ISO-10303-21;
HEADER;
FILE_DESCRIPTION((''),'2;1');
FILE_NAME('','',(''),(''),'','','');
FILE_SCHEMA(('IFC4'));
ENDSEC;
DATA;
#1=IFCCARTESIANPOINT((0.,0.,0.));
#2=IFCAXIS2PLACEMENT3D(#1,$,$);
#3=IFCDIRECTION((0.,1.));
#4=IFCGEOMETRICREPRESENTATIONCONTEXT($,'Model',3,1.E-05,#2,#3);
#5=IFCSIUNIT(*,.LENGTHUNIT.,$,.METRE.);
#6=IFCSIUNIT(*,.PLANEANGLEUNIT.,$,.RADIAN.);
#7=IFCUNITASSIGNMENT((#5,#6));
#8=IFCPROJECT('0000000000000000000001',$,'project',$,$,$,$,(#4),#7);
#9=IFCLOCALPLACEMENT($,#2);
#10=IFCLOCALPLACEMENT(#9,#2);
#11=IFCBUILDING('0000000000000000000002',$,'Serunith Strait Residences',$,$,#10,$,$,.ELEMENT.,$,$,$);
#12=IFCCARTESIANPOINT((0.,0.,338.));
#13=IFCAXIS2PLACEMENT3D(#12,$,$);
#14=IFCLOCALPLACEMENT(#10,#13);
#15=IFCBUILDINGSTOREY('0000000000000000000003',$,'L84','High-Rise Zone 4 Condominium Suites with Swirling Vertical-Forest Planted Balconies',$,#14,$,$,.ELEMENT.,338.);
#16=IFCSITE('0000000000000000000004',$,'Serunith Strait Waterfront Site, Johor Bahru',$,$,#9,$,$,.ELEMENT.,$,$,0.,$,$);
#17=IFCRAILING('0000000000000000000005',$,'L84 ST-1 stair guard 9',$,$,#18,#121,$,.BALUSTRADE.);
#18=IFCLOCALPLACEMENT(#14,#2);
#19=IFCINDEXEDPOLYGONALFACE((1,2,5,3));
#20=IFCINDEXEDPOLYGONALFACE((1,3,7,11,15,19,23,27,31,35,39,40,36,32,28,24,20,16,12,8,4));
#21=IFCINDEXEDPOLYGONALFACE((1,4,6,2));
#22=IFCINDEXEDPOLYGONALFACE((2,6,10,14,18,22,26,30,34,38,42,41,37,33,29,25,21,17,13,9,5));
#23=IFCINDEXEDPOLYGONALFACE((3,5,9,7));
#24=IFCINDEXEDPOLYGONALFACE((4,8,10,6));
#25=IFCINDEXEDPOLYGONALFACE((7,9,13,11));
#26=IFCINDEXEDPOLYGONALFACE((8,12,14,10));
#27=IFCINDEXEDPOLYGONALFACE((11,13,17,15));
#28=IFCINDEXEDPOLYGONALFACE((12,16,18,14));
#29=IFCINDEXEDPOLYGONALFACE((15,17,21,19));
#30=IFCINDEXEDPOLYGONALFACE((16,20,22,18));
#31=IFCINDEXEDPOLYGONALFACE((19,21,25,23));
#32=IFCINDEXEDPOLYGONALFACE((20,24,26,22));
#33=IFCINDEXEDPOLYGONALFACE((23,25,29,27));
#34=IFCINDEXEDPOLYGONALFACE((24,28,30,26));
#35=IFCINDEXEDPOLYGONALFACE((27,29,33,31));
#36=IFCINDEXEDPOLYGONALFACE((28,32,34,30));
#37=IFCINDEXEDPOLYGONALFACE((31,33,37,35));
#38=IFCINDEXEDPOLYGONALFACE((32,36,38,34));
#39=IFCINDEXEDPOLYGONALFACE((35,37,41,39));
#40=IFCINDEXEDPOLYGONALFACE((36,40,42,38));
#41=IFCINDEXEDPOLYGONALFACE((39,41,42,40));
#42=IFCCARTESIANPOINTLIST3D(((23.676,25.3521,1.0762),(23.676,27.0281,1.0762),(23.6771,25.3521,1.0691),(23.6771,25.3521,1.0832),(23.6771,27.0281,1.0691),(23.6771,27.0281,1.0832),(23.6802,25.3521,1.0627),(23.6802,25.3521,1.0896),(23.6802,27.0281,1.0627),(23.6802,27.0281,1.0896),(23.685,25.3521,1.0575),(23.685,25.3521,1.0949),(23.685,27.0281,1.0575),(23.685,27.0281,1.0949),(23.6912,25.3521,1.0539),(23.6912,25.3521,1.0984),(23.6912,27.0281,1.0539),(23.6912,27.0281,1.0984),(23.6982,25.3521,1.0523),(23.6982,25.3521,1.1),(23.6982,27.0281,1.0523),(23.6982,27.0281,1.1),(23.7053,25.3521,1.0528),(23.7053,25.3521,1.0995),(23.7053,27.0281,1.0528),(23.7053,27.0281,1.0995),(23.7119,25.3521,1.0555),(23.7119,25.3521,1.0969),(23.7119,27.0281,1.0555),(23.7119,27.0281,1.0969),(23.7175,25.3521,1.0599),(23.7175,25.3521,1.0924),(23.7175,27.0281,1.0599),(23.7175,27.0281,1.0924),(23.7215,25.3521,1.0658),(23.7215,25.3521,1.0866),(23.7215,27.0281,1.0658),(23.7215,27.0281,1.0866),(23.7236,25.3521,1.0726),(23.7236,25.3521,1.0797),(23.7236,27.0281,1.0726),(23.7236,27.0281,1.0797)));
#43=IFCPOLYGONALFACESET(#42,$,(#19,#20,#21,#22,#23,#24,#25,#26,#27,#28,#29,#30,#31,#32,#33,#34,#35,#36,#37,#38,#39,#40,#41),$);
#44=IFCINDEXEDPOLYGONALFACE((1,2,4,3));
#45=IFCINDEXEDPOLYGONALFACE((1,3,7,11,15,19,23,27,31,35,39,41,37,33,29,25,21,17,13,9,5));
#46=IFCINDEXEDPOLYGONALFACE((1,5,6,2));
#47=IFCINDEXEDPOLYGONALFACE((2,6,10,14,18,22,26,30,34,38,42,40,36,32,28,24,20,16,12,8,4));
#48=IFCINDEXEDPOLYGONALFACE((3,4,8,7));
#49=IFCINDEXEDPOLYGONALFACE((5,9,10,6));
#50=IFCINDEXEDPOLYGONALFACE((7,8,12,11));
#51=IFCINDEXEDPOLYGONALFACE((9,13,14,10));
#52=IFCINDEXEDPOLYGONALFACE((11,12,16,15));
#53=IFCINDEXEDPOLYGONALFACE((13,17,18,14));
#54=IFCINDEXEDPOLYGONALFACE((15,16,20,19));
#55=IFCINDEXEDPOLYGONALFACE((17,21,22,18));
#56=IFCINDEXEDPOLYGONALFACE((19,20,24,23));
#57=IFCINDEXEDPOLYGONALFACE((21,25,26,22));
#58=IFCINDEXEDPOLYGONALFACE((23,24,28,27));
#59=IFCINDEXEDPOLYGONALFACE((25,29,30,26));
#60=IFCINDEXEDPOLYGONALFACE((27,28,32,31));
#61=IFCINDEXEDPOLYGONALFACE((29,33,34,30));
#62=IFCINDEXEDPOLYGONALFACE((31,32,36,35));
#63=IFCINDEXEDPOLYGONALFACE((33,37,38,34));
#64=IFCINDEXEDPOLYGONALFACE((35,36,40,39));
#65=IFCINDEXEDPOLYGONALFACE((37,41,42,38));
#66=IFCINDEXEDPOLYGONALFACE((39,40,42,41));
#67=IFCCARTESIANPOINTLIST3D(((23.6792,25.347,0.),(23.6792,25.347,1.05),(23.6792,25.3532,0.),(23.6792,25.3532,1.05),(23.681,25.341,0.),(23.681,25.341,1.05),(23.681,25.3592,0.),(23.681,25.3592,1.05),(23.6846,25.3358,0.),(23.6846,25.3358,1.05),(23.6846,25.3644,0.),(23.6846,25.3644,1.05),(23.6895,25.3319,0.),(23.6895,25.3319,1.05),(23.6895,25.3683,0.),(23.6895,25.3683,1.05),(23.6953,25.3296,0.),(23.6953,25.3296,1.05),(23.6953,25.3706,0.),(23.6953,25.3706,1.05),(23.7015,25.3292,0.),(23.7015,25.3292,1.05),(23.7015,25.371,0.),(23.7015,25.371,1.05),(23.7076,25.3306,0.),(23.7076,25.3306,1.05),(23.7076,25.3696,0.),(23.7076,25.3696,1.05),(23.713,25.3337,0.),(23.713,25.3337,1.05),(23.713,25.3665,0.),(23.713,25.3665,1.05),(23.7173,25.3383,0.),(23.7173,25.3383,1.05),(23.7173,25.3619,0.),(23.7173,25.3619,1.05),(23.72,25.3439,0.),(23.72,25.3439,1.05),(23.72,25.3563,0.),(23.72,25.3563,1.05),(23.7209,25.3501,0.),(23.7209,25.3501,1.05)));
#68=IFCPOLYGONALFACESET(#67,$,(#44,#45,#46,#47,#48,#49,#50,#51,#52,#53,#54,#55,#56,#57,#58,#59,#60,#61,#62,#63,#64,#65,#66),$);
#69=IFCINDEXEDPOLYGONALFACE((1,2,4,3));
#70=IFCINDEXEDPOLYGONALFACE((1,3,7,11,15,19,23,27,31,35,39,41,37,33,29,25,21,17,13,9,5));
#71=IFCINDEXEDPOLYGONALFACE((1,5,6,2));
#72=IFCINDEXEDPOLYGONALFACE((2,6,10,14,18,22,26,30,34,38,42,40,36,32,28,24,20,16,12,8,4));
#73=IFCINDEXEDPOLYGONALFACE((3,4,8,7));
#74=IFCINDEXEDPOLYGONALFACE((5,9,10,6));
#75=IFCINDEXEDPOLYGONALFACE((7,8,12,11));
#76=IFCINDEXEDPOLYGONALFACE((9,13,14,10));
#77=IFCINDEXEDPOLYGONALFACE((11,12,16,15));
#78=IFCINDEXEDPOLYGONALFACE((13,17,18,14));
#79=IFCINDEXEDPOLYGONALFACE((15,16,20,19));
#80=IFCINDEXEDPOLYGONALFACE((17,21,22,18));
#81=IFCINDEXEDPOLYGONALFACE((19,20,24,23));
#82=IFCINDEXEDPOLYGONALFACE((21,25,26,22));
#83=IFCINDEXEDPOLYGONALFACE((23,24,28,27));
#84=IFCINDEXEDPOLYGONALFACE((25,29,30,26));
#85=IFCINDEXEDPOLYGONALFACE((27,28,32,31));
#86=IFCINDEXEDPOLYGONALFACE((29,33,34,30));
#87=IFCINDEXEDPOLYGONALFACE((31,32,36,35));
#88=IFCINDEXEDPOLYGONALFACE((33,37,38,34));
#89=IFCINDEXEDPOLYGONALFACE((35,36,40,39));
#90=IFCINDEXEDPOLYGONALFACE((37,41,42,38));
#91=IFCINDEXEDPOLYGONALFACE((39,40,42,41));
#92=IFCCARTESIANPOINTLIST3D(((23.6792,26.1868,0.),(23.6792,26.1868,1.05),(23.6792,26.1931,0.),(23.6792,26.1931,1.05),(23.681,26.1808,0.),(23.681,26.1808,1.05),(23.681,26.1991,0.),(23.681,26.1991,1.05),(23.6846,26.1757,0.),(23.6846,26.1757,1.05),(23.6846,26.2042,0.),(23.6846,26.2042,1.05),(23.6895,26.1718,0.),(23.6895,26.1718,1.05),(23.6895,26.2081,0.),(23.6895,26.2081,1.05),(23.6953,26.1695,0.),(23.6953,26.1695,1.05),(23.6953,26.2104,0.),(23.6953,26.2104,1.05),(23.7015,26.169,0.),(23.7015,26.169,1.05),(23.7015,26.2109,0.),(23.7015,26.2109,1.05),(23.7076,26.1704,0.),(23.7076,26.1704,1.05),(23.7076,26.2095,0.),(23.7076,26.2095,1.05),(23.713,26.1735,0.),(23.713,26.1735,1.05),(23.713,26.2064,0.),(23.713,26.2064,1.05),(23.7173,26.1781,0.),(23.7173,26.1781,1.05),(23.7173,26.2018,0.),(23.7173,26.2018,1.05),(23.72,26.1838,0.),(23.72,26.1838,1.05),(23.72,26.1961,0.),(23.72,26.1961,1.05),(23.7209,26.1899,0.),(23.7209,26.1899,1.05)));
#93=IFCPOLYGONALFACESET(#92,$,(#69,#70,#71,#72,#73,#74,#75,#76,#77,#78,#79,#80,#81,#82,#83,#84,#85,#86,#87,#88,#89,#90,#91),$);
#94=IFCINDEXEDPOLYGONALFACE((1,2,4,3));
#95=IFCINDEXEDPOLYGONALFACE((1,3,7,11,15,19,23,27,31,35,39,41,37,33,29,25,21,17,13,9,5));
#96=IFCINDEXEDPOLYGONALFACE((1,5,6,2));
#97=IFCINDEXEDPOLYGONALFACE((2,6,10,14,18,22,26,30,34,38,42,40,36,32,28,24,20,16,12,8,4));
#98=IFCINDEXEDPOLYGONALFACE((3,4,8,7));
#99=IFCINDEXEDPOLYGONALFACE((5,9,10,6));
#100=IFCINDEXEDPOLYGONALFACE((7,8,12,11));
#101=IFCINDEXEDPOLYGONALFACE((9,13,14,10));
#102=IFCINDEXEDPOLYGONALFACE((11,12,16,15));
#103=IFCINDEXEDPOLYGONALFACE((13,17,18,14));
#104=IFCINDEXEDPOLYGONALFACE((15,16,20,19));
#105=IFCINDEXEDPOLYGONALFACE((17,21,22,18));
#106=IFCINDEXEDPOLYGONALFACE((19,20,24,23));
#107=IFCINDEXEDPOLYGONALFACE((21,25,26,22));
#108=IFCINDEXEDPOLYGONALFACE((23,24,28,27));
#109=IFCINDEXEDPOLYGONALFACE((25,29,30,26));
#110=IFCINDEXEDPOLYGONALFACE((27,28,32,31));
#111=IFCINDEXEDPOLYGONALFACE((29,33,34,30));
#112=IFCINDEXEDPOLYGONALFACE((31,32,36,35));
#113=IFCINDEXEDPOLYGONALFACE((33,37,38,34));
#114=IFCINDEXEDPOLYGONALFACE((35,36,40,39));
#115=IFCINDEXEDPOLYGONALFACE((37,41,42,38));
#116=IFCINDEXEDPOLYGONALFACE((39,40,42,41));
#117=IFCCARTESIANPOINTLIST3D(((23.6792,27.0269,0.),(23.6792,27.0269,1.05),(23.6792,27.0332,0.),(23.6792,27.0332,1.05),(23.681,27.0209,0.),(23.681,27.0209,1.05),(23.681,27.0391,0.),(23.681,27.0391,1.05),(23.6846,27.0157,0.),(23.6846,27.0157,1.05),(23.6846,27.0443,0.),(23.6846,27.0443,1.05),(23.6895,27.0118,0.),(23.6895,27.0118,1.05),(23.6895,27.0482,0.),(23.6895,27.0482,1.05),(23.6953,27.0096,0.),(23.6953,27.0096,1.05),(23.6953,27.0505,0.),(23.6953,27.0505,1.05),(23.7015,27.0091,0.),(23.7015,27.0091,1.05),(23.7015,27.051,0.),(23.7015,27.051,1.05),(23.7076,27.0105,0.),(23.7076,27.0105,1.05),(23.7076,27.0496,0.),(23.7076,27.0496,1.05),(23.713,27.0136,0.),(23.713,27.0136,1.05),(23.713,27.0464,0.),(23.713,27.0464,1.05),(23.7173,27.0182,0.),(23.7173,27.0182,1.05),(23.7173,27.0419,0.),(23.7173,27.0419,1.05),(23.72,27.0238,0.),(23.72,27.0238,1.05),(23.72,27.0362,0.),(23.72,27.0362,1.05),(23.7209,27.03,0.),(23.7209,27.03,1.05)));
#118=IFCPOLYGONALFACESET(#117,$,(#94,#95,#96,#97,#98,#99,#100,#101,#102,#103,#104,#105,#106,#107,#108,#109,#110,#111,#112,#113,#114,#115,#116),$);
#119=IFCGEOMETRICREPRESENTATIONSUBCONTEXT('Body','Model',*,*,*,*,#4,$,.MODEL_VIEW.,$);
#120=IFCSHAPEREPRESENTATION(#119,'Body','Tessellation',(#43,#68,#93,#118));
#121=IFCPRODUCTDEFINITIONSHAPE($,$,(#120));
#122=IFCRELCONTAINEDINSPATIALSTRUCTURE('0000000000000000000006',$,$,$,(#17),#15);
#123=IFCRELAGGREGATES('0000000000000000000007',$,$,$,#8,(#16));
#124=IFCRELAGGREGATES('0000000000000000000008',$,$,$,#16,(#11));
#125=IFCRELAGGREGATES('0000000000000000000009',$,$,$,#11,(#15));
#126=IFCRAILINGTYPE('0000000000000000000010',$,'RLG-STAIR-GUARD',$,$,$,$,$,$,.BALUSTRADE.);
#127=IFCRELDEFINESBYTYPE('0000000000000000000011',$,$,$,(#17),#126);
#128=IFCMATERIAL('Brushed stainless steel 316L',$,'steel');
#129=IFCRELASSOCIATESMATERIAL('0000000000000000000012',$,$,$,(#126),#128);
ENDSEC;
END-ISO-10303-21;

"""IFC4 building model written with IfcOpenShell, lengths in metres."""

from ifc_helpers import new_model, si_unit, direction, frame, origin, origin_2d, place, context, subcontext, project, spatial, circle, extrude, material, type_object, element, save


model = new_model("IFC4")

# Units and contexts
model_context = context("Model", 3, precision=1e-05, world=origin(), true_north=direction((0.0, 1.0)))
body_context = subcontext(model_context, "Body", "Model", "MODEL_VIEW")
ifc_project = project(units=[si_unit("LENGTHUNIT", "METRE"), si_unit("PLANEANGLEUNIT", "RADIAN")], contexts=[model_context])

# Site, building, storey
site_placement = place(None, origin())
site = spatial("IfcSite", under=ifc_project, at=site_placement, Name="Serunith Strait Waterfront Site, Johor Bahru", CompositionType="ELEMENT", RefElevation=0.0)
building_placement = place(site_placement, origin())
building = spatial("IfcBuilding", under=site, at=building_placement, Name="Serunith Strait Residences", CompositionType="ELEMENT")
storey_placement = place(building_placement, frame((0.0, 0.0, 338.0)))
storey = spatial("IfcBuildingStorey", under=building, at=storey_placement, Name="L84", Description="High-Rise Zone 4 Condominium Suites with Swirling Vertical-Forest Planted Balconies", CompositionType="ELEMENT", Elevation=338.0)

# Railing
ifc_material_1 = material(Name="Brushed stainless steel 316L", Category="steel")
railing_type_1 = type_object("IfcRailingType", Name="RLG-STAIR-GUARD", PredefinedType="BALUSTRADE", material=ifc_material_1)
for number, where, name in (
    (1, (23.7, 25.3501, 0.0), "L84 ST-1 stair guard 9"),
):
    element("IfcRailing", number, at=place(storey_placement, frame(where)), inside=storey, type_object=railing_type_1, Name=name, PredefinedType="BALUSTRADE", context=body_context, shape_type="SweptSolid", body=[
        extrude(circle(Radius=0.0239, at=origin_2d()), frame((0.0, 0.002, 1.0762), z_axis=(0.0, 1.0, 0.0), x_axis=(-1.0, 0.0, 0.0)), (0.0, 0.0, 1.0), 1.676),
        extrude(circle(Radius=0.021, at=origin_2d()), origin(), (0.0, 0.0, 1.0), 1.05),
        extrude(circle(Radius=0.021, at=origin_2d()), frame((0.0, 0.8398, 0.0)), (0.0, 0.0, 1.0), 1.05),
        extrude(circle(Radius=0.021, at=origin_2d()), frame((0.0, 1.6799, 0.0)), (0.0, 0.0, 1.0), 1.05),
    ])

save(model, "model.ifc")
